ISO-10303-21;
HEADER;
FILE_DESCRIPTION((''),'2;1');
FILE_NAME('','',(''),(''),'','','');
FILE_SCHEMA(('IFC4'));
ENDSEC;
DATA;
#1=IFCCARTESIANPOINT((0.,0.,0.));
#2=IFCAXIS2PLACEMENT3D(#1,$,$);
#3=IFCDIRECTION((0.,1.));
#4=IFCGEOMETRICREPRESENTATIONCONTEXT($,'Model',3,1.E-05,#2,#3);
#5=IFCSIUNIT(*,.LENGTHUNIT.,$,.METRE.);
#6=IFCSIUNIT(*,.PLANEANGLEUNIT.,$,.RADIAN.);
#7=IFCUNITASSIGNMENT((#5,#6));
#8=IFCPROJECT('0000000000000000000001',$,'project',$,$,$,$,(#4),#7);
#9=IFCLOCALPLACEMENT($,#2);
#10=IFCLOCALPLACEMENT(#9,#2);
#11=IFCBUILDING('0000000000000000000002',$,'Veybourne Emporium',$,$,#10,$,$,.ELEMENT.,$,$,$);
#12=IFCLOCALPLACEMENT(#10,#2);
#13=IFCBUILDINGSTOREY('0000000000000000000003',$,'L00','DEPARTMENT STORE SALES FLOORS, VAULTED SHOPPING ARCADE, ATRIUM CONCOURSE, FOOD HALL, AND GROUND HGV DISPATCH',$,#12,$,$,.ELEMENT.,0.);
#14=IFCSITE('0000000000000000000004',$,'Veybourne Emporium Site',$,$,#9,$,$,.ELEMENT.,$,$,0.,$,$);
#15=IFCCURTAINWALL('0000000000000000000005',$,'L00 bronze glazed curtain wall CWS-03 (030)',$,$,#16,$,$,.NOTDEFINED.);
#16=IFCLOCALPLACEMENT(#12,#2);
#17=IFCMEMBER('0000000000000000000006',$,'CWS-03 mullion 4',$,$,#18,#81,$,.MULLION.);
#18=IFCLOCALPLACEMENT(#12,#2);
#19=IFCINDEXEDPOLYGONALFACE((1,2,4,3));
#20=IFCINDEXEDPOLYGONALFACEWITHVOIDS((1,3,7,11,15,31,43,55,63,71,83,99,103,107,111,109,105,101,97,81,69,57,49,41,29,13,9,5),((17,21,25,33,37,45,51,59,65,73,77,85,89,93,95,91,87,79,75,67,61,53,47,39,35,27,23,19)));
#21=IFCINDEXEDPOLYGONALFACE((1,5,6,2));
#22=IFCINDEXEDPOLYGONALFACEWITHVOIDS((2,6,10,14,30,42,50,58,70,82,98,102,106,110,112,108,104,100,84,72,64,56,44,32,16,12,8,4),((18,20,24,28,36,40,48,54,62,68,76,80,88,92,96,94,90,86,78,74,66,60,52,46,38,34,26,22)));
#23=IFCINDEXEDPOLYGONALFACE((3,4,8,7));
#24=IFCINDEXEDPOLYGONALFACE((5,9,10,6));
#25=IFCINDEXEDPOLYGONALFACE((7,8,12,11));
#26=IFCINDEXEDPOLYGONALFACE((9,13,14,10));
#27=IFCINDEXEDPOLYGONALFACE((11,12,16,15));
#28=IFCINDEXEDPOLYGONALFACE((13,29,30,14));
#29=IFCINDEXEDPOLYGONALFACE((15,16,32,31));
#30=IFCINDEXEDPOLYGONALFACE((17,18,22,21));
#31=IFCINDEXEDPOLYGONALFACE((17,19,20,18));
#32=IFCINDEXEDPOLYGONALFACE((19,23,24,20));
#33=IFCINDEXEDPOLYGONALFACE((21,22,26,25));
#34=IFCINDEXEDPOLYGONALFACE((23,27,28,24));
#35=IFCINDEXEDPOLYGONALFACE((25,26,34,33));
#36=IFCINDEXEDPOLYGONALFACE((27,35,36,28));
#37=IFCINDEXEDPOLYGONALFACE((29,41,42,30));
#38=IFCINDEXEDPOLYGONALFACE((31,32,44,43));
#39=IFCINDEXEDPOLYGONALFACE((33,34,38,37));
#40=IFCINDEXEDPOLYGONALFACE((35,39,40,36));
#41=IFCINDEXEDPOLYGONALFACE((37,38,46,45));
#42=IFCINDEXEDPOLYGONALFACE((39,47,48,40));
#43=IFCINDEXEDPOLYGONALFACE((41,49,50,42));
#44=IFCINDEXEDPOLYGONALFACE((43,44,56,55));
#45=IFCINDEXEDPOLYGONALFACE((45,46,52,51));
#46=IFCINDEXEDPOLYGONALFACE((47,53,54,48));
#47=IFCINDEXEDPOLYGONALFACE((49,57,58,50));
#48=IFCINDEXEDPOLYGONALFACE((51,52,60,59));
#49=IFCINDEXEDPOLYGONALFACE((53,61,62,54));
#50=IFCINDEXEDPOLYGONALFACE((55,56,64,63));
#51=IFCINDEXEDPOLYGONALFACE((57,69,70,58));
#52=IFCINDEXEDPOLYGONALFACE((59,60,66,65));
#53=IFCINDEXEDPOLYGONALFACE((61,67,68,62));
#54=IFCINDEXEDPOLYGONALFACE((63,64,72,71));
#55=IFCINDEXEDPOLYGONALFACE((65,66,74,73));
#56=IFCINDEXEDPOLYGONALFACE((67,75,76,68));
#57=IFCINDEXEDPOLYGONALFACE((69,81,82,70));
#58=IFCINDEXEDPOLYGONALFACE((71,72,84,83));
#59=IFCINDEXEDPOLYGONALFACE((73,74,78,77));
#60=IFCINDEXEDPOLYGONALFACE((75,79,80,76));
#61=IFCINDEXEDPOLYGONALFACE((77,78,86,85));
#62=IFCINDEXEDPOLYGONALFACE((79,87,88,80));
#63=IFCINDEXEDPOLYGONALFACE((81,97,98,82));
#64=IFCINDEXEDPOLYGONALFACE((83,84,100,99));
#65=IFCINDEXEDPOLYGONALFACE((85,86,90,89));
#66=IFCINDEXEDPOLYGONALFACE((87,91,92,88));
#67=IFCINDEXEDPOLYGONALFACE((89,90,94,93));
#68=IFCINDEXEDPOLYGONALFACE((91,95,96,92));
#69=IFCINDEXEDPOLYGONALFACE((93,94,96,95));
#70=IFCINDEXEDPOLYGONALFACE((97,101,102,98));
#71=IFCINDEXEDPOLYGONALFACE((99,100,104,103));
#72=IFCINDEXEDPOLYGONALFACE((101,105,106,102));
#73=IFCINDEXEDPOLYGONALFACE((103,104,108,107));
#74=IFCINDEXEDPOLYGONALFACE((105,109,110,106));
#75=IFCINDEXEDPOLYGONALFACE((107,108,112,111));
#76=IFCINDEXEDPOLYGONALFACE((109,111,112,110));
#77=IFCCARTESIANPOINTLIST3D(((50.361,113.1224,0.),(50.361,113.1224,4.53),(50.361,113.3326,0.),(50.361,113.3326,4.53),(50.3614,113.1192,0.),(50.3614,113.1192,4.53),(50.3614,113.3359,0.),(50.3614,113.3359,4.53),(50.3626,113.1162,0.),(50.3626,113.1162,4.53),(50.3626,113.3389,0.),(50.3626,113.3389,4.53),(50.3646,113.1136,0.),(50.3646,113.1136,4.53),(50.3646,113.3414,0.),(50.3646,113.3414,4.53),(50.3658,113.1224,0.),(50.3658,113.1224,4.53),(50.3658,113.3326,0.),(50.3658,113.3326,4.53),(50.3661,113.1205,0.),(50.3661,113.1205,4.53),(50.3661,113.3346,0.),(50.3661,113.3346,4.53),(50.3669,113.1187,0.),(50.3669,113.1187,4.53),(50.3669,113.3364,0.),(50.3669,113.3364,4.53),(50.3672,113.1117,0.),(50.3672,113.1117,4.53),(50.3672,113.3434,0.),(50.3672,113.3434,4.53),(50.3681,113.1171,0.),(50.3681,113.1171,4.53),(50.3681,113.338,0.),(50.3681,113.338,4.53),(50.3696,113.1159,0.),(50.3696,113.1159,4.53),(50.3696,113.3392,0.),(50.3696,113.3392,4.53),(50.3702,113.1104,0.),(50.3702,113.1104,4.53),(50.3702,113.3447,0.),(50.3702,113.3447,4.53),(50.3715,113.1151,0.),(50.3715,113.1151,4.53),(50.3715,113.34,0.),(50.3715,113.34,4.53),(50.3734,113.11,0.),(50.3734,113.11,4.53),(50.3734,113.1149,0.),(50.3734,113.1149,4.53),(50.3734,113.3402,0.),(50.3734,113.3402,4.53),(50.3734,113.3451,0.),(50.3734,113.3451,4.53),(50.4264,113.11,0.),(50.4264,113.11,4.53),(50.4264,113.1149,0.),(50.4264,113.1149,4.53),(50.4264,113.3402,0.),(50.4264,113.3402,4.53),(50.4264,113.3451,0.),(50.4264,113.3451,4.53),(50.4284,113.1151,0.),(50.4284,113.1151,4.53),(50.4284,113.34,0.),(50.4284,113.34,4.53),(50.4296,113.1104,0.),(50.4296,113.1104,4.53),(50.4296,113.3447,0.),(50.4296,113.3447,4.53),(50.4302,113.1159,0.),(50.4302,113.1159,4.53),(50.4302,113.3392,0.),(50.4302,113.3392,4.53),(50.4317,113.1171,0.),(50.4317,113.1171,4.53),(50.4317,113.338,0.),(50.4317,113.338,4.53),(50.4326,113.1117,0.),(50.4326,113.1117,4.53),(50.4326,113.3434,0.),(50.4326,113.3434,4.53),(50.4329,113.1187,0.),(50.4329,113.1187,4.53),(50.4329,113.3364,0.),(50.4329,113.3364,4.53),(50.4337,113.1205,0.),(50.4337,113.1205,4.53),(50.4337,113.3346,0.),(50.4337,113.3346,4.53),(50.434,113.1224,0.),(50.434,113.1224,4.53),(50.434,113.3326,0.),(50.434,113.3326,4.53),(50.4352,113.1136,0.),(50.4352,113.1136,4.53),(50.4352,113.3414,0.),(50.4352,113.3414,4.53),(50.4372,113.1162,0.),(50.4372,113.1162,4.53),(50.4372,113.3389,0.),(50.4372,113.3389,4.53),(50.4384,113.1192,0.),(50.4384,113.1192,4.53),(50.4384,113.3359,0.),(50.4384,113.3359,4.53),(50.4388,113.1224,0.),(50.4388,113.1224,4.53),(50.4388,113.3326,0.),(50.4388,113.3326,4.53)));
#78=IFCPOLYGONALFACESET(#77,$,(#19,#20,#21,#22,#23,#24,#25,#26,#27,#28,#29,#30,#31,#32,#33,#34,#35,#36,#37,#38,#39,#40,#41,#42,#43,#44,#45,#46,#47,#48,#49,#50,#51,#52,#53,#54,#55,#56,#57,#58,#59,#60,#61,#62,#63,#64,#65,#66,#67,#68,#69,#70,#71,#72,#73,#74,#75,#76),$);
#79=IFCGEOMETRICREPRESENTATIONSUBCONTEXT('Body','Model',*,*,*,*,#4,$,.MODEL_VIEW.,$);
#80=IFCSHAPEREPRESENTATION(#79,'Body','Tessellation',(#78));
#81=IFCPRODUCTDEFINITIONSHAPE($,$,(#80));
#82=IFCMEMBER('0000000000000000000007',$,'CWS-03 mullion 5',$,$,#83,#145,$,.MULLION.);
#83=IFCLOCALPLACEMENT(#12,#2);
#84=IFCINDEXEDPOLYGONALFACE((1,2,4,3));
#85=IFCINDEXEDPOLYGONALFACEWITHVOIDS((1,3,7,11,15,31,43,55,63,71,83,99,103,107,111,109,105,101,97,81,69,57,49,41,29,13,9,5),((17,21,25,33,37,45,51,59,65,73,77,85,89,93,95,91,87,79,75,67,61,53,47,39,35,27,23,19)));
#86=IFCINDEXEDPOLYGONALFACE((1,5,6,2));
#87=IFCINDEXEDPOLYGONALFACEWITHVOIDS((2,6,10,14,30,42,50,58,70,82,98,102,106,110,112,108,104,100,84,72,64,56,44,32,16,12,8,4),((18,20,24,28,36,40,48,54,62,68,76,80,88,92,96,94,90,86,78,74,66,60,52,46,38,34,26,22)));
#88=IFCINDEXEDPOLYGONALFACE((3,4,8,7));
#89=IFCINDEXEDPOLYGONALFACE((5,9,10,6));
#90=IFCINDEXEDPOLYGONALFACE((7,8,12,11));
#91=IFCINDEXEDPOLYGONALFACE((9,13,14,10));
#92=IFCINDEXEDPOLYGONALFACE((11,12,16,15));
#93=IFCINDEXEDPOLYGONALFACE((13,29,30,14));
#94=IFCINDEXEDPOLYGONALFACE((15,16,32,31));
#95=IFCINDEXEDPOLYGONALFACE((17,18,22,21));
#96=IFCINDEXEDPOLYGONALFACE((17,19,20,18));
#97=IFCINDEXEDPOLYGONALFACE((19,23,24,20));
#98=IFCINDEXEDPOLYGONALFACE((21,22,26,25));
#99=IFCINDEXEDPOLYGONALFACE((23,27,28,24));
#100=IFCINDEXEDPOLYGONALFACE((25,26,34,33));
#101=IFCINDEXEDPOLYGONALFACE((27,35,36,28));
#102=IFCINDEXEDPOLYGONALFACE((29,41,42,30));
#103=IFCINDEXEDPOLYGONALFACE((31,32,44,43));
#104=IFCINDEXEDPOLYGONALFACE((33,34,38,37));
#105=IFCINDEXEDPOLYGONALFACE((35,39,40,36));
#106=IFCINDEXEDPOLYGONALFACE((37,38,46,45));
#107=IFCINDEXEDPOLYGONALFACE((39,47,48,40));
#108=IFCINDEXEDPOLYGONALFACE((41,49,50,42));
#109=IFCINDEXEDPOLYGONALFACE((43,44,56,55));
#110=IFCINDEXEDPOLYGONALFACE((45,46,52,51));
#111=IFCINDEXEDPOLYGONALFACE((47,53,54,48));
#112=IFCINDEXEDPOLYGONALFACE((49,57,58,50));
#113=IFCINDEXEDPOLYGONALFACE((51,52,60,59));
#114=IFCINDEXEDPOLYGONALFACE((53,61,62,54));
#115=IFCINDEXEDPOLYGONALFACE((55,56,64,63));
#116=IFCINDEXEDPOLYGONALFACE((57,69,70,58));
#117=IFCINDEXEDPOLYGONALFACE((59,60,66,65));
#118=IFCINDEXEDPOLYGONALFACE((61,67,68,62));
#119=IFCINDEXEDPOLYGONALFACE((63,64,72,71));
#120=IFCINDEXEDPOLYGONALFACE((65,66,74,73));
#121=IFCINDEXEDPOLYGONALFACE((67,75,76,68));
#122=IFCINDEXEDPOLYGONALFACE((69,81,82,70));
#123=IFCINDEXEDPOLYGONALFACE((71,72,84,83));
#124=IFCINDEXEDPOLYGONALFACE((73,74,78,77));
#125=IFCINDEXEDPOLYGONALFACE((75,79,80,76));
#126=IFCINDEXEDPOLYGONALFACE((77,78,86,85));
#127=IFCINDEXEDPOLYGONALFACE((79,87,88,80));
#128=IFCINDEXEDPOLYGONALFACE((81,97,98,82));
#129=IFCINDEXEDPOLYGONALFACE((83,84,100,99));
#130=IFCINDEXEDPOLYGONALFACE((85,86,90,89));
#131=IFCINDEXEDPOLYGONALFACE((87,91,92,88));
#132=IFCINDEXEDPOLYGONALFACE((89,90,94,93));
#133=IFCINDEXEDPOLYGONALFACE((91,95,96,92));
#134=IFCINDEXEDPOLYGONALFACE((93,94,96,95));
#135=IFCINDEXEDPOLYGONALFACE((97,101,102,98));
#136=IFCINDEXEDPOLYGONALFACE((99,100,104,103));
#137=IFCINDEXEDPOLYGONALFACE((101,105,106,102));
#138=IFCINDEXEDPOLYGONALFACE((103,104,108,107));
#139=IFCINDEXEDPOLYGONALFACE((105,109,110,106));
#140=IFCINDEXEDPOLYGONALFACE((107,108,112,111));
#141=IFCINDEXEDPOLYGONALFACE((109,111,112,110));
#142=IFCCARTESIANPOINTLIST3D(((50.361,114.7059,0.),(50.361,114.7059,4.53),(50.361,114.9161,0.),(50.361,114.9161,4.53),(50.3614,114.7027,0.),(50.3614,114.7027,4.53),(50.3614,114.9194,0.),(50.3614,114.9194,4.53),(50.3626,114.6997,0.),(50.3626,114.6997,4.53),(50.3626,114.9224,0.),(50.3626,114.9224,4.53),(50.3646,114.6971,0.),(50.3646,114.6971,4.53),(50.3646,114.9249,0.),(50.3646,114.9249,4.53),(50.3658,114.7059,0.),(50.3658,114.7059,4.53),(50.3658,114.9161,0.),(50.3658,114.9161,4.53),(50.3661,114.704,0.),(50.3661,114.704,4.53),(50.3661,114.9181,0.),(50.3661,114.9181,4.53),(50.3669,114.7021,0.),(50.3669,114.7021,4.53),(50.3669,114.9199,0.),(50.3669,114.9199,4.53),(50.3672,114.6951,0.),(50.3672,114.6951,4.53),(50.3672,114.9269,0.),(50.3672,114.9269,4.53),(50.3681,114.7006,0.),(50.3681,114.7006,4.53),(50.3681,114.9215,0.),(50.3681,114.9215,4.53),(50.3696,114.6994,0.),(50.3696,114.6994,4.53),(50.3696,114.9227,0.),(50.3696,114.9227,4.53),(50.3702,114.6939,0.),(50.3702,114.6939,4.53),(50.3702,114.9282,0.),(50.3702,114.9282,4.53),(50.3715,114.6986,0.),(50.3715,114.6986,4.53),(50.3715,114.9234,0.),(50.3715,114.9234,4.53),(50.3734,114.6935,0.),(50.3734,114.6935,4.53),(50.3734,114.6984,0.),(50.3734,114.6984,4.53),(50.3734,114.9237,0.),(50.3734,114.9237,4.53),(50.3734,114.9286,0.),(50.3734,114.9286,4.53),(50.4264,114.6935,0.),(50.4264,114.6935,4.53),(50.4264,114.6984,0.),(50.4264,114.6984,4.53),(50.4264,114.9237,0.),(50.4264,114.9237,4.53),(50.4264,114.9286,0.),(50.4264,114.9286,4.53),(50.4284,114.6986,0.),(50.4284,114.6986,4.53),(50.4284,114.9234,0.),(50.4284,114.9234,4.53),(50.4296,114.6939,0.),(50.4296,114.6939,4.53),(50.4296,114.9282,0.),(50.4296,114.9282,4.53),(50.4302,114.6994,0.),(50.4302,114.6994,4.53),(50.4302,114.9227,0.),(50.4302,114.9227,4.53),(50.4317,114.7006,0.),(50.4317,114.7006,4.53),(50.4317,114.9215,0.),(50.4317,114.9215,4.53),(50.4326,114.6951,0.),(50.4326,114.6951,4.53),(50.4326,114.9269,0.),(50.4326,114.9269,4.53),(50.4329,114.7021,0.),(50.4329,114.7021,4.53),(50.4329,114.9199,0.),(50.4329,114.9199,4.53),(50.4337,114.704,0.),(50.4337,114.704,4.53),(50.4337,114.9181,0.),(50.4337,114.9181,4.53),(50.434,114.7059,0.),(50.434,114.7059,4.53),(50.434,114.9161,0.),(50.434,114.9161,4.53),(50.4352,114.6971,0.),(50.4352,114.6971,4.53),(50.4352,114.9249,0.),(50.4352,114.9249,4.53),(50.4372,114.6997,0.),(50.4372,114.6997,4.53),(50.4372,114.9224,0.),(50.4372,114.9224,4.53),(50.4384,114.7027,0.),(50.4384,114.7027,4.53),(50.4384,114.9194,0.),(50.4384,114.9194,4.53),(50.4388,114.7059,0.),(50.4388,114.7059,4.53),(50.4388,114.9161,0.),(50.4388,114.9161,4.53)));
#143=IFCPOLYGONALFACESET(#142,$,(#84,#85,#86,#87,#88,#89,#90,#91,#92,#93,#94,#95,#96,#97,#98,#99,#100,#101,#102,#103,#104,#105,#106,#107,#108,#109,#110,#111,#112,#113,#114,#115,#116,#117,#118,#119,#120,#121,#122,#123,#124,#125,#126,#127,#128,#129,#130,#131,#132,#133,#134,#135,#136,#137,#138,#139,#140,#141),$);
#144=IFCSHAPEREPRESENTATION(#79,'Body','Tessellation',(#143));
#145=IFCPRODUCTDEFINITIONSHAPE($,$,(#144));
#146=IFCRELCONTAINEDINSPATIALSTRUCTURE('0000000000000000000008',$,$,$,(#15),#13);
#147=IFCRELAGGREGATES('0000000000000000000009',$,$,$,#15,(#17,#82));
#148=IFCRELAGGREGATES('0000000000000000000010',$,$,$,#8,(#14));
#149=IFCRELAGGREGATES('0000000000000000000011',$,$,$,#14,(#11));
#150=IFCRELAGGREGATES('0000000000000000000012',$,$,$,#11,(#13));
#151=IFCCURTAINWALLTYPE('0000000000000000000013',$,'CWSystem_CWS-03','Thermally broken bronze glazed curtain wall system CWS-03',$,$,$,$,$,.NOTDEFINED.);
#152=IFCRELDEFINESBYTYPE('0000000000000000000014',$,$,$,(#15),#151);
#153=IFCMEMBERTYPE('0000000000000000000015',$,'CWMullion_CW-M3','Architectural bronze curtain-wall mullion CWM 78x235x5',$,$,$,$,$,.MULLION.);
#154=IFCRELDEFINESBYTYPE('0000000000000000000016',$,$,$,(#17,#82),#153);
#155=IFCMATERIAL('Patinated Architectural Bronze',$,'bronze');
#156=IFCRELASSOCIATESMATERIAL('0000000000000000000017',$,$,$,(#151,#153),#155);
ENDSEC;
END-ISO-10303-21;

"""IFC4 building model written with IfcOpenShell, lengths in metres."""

from ifc_helpers import new_model, si_unit, direction, frame, origin, origin_2d, place, context, subcontext, project, spatial, hollow_rectangle, extrude, material, material_profile, profile_set, type_object, element, aggregate, save


model = new_model("IFC4")

# Units and contexts
model_context = context("Model", 3, precision=1e-05, world=origin(), true_north=direction((0.0, 1.0)))
body_context = subcontext(model_context, "Body", "Model", "MODEL_VIEW")
ifc_project = project(units=[si_unit("LENGTHUNIT", "METRE"), si_unit("PLANEANGLEUNIT", "RADIAN")], contexts=[model_context])

# Site, building, storey
site_placement = place(None, origin())
site = spatial("IfcSite", under=ifc_project, at=site_placement, Name="Veybourne Emporium Site", CompositionType="ELEMENT", RefElevation=0.0)
building_placement = place(site_placement, origin())
building = spatial("IfcBuilding", under=site, at=building_placement, Name="Veybourne Emporium", CompositionType="ELEMENT")
storey_placement = place(building_placement, origin())
storey = spatial("IfcBuildingStorey", under=building, at=storey_placement, Name="L00", Description="DEPARTMENT STORE SALES FLOORS, VAULTED SHOPPING ARCADE, ATRIUM CONCOURSE, FOOD HALL, AND GROUND HGV DISPATCH", CompositionType="ELEMENT", Elevation=0.0)

# Curtain wall, members
ifc_material_1 = material(Name="Patinated Architectural Bronze", Category="bronze")
curtain_wall_type = type_object("IfcCurtainWallType", Name="CWSystem_CWS-03", Description="Thermally broken bronze glazed curtain wall system CWS-03", PredefinedType="NOTDEFINED", material=ifc_material_1)
curtain_wall_placement = place(storey_placement, origin())
curtain_wall = element("IfcCurtainWall", 1, at=curtain_wall_placement, inside=storey, type_object=curtain_wall_type, Name="L00 bronze glazed curtain wall CWS-03 (030)", PredefinedType="NOTDEFINED")
ifc_material_profile_1 = material_profile(ifc_material_1, hollow_rectangle(XDim=0.0779, YDim=0.2351, WallThickness=0.0049, InnerFilletRadius=0.0076, OuterFilletRadius=0.0125, at=origin_2d()), Name="CWM 78x235x5")
ifc_profile_set_1 = profile_set([ifc_material_profile_1], Name="Patinated Architectural Bronze")
member_type_1 = type_object("IfcMemberType", Name="CWMullion_CW-M3", Description="Architectural bronze curtain-wall mullion CWM 78x235x5", PredefinedType="MULLION", material=ifc_profile_set_1)
member_1_placement = place(storey_placement, frame((50.3999, 113.2275, 0.0), z_axis=(0.0, 0.0, 1.0), x_axis=(-1.0, 0.0, 0.0)))
member_1 = element("IfcMember", 2, at=member_1_placement, type_object=member_type_1, Name="CWS-03 mullion 4", PredefinedType="MULLION", context=body_context, shape_type="SweptSolid", body=[
    extrude(hollow_rectangle(XDim=0.0779, YDim=0.2351, WallThickness=0.0049, InnerFilletRadius=0.0076, OuterFilletRadius=0.0125, at=origin_2d()), origin(), (0.0, 0.0, 1.0), 4.53),
])
member_2_placement = place(storey_placement, frame((50.3999, 114.811, 0.0), z_axis=(0.0, 0.0, 1.0), x_axis=(-1.0, 0.0, 0.0)))
member_2 = element("IfcMember", 3, at=member_2_placement, type_object=member_type_1, Name="CWS-03 mullion 5", PredefinedType="MULLION", context=body_context, shape_type="SweptSolid", body=[
    extrude(hollow_rectangle(XDim=0.0779, YDim=0.2351, WallThickness=0.0049, InnerFilletRadius=0.0076, OuterFilletRadius=0.0125, at=origin_2d()), origin(), (0.0, 0.0, 1.0), 4.53),
])

aggregate(curtain_wall, [member_1, member_2])

save(model, "model.ifc")
